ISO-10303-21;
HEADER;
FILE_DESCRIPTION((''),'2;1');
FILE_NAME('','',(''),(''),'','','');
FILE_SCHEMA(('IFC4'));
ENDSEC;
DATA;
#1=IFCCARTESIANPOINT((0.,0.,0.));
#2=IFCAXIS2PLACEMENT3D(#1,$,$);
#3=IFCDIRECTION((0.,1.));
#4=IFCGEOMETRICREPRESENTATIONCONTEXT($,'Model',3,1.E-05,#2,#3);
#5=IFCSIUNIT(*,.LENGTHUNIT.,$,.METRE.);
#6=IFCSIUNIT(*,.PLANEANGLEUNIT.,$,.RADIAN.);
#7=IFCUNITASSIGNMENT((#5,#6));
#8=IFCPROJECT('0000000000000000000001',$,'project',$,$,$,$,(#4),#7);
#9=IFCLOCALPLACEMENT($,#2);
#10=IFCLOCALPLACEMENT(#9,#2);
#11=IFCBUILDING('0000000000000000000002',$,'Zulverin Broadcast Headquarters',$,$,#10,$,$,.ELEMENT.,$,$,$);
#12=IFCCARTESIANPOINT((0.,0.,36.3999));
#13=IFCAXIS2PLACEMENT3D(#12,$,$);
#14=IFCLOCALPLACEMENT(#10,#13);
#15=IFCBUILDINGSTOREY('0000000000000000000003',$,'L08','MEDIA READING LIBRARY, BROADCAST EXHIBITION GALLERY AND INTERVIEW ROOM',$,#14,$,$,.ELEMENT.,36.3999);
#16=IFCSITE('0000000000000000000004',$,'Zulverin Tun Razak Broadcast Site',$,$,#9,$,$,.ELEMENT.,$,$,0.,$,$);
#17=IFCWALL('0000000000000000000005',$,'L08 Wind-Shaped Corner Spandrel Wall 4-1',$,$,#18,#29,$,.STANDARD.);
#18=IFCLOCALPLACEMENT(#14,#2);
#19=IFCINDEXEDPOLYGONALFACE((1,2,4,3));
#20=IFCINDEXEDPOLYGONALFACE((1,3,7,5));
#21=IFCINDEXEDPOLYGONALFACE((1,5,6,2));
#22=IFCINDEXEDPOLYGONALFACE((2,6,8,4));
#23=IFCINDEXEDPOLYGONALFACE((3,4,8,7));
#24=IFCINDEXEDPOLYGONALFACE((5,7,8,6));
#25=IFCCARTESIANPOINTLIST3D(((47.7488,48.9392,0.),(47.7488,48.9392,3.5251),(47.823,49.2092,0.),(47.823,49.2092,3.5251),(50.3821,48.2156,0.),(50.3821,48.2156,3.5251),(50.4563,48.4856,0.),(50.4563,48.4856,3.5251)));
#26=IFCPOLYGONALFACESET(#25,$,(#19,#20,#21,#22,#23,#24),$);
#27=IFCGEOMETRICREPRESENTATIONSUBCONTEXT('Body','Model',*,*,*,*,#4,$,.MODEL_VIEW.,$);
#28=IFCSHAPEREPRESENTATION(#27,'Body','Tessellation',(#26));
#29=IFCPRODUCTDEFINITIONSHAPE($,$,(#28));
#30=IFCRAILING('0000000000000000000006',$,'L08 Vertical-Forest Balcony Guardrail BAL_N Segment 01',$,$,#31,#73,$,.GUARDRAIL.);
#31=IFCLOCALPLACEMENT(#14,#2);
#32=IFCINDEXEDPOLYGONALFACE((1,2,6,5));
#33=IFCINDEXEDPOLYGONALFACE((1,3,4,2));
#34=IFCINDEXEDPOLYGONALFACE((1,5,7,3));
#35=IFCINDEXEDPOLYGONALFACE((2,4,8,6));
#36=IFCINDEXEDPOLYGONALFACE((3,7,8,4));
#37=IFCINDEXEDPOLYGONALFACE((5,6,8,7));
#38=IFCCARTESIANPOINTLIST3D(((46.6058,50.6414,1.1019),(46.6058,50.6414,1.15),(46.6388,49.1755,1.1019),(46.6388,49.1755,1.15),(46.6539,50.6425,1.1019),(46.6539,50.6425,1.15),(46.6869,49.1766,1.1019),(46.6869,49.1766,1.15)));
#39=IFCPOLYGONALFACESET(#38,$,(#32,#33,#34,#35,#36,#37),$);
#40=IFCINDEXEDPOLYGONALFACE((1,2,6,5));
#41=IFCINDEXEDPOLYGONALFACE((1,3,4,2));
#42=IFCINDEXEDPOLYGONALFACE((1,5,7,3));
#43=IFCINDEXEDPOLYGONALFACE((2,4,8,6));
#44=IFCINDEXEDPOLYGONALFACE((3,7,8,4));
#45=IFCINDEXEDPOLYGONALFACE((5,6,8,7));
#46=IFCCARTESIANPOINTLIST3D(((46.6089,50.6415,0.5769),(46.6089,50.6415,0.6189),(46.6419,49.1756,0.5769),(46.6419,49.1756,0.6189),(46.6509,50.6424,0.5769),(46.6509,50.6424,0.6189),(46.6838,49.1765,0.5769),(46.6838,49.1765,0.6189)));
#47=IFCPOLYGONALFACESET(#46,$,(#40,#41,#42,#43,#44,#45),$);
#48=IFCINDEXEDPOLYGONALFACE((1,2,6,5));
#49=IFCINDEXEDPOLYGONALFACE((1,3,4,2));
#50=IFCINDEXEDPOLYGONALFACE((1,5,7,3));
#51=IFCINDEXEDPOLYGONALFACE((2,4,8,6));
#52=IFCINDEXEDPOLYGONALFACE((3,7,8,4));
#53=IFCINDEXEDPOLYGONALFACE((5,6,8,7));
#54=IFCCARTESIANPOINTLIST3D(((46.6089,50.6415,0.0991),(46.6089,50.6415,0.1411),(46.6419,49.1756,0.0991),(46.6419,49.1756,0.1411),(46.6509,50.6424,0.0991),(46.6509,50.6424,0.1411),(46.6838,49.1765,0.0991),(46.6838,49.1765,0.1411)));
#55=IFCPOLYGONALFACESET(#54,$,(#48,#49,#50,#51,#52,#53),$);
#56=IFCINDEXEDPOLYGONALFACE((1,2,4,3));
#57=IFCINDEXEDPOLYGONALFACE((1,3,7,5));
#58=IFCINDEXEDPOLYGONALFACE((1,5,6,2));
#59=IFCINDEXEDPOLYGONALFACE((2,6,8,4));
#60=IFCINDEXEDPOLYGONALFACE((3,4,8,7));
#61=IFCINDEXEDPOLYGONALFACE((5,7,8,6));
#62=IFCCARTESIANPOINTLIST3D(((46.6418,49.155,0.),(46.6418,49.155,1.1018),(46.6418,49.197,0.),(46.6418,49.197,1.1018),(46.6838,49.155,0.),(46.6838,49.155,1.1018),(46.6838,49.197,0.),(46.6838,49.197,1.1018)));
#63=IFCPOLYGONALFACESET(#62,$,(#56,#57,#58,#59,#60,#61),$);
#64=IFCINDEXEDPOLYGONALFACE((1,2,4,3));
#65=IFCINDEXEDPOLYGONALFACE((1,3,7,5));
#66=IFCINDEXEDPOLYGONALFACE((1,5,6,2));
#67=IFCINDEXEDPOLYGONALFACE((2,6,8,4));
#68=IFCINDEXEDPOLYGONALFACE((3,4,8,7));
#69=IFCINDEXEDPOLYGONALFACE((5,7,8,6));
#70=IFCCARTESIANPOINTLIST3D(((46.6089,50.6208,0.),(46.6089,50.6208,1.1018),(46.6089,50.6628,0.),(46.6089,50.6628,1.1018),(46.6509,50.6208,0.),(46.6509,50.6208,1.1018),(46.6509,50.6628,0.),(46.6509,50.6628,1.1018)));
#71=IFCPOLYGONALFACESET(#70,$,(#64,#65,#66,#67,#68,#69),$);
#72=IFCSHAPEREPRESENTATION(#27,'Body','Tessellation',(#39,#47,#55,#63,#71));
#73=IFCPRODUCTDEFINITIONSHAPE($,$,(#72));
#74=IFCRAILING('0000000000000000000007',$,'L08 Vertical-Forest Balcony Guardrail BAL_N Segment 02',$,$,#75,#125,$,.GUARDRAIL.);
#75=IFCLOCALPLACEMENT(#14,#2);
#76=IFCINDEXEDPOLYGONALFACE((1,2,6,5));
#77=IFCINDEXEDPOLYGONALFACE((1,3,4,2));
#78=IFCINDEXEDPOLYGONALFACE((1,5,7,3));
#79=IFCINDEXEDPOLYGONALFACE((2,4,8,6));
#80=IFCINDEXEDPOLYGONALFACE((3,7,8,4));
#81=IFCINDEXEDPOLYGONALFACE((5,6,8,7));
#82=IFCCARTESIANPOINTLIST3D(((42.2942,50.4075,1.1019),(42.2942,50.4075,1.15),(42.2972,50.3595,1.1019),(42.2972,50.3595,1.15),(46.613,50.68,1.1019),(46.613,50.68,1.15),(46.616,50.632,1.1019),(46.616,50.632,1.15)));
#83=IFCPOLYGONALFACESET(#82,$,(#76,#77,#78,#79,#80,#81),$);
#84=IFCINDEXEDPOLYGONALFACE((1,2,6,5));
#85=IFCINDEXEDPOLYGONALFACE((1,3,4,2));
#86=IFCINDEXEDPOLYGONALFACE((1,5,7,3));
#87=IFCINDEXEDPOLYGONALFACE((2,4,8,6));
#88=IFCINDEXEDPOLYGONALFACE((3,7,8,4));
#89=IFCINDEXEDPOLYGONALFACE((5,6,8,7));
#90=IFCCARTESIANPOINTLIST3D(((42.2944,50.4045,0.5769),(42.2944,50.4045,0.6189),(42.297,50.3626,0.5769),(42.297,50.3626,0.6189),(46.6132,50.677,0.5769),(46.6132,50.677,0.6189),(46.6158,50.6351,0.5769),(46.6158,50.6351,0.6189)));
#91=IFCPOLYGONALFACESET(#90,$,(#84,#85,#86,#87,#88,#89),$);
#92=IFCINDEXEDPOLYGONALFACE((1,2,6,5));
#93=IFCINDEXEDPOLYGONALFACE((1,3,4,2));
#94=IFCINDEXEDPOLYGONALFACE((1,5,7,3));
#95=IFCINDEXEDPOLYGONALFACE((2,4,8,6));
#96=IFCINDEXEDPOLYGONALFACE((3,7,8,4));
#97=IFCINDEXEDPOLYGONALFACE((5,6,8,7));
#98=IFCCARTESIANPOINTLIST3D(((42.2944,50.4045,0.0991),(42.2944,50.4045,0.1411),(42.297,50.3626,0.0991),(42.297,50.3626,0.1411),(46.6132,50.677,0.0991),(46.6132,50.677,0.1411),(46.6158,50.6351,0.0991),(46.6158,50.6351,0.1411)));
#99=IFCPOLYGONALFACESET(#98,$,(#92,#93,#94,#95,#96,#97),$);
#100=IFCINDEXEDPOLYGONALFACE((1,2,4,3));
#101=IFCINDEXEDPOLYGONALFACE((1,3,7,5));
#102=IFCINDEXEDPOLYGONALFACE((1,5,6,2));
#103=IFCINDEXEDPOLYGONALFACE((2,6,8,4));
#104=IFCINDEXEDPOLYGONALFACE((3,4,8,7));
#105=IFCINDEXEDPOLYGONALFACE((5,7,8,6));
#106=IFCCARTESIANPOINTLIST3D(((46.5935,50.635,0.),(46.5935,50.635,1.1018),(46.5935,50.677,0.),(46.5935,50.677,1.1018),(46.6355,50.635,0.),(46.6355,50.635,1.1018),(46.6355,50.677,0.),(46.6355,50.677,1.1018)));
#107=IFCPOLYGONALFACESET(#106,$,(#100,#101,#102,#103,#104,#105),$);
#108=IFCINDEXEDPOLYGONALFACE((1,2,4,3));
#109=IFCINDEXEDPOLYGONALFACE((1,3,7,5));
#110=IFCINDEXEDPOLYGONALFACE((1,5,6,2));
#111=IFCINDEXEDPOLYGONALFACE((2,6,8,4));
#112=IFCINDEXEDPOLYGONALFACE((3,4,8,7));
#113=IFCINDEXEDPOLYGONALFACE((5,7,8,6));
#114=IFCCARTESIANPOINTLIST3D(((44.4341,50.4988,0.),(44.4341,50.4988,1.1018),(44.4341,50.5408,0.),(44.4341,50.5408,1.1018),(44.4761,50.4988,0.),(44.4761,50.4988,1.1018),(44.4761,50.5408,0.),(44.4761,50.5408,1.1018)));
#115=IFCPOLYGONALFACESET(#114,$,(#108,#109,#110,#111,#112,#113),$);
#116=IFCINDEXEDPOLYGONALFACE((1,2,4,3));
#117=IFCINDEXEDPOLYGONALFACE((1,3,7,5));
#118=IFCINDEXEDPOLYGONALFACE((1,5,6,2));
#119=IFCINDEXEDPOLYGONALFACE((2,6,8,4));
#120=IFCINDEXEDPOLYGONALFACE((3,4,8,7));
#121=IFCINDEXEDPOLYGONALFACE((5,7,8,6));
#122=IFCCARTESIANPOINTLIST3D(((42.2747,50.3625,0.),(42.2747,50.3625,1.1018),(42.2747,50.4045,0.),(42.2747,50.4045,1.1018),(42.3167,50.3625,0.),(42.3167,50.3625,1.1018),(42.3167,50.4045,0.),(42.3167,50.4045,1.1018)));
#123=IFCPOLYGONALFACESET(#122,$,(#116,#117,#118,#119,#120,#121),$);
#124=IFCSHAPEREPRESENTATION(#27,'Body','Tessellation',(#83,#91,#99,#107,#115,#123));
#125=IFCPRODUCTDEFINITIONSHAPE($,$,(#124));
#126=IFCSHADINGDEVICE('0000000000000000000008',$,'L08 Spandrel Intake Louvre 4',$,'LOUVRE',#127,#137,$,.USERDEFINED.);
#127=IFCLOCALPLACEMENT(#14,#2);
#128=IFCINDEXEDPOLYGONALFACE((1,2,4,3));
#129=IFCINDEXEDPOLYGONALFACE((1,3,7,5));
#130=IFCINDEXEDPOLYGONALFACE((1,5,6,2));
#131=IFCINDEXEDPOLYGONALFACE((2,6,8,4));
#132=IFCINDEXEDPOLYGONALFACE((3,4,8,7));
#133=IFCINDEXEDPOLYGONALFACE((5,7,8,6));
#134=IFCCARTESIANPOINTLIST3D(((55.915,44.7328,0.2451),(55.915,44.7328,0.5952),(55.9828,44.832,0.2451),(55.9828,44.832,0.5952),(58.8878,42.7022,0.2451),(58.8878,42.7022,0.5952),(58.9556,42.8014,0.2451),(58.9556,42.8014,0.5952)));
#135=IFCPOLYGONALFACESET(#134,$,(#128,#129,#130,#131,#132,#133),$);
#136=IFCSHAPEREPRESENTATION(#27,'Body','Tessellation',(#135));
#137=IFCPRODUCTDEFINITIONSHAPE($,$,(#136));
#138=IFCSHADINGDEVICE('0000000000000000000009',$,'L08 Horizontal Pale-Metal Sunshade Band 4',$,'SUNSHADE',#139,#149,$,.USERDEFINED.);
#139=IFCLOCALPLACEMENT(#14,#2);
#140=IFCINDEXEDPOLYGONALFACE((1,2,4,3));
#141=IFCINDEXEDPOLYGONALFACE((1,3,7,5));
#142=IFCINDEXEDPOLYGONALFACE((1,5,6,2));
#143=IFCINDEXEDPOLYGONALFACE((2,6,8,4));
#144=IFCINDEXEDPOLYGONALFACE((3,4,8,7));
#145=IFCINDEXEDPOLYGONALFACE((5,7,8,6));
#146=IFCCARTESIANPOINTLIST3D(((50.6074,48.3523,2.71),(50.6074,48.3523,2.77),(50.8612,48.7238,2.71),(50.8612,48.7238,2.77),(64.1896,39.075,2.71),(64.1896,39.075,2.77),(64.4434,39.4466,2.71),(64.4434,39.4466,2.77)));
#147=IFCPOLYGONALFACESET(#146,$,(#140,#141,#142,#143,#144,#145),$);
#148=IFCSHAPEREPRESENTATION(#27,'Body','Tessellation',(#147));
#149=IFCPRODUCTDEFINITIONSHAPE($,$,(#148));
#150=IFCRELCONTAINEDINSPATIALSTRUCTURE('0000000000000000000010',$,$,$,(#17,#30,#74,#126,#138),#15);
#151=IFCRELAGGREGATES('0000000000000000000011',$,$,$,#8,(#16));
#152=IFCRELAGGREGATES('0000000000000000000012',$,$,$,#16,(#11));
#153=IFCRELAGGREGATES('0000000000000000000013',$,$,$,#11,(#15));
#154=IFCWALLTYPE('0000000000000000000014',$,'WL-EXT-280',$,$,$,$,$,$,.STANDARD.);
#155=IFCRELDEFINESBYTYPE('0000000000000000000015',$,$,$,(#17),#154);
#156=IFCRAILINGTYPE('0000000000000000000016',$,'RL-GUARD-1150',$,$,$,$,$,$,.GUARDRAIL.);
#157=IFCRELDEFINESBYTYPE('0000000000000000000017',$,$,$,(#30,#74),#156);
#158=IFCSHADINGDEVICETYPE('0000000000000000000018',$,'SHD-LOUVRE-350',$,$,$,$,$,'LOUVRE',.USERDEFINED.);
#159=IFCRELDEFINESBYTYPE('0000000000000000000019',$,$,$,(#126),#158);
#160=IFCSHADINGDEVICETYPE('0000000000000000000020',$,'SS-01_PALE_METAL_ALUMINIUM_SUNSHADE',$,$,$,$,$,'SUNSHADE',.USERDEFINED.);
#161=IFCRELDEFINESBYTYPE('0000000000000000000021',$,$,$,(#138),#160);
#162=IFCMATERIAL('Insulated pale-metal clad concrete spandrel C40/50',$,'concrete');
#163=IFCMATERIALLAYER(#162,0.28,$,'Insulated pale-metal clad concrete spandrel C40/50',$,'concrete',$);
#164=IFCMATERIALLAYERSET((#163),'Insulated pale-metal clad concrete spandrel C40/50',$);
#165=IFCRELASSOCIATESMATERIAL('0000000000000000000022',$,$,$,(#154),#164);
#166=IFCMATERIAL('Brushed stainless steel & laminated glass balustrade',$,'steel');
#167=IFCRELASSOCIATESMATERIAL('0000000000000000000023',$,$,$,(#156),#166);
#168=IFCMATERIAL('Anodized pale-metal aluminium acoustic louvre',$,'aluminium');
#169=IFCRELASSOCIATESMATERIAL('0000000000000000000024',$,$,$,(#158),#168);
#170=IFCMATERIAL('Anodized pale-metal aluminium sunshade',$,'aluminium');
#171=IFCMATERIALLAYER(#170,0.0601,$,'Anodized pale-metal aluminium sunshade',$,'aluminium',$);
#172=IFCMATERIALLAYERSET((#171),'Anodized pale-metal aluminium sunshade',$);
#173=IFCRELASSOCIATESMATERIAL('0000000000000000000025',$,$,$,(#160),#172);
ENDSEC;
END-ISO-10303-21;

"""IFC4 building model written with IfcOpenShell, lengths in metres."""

from ifc_helpers import new_model, si_unit, direction, frame, frame_2d, origin, origin_2d, place, context, subcontext, project, spatial, rectangle, extrude, material, layer, layer_set, type_object, element, save


model = new_model("IFC4")

# Units and contexts
model_context = context("Model", 3, precision=1e-05, world=origin(), true_north=direction((0.0, 1.0)))
body_context = subcontext(model_context, "Body", "Model", "MODEL_VIEW")
ifc_project = project(units=[si_unit("LENGTHUNIT", "METRE"), si_unit("PLANEANGLEUNIT", "RADIAN")], contexts=[model_context])

# Site, building, storey
site_placement = place(None, origin())
site = spatial("IfcSite", under=ifc_project, at=site_placement, Name="Zulverin Tun Razak Broadcast Site", CompositionType="ELEMENT", RefElevation=0.0)
building_placement = place(site_placement, origin())
building = spatial("IfcBuilding", under=site, at=building_placement, Name="Zulverin Broadcast Headquarters", CompositionType="ELEMENT")
storey_placement = place(building_placement, frame((0.0, 0.0, 36.3999)))
storey = spatial("IfcBuildingStorey", under=building, at=storey_placement, Name="L08", Description="MEDIA READING LIBRARY, BROADCAST EXHIBITION GALLERY AND INTERVIEW ROOM", CompositionType="ELEMENT", Elevation=36.3999)

# Shared definitions
ifc_material_1 = material(Name="Insulated pale-metal clad concrete spandrel C40/50", Category="concrete")
ifc_layer_1 = layer(ifc_material_1, 0.28, Name="Insulated pale-metal clad concrete spandrel C40/50", Category="concrete")
ifc_layer_set_1 = layer_set([ifc_layer_1], Name="Insulated pale-metal clad concrete spandrel C40/50")
wall_type = type_object("IfcWallType", Name="WL-EXT-280", PredefinedType="STANDARD", material=ifc_layer_set_1)

# Wall
wall_1_placement = place(storey_placement, frame((50.4192, 48.3506, 0.0), z_axis=(0.0, 0.0, 1.0), x_axis=(-0.964255, 0.264978, 0.0)))
element("IfcWall", 1, at=wall_1_placement, inside=storey, type_object=wall_type, Name="L08 Wind-Shaped Corner Spandrel Wall 4-1", PredefinedType="STANDARD", context=body_context, shape_type="SweptSolid", body=[
    extrude(rectangle(XDim=2.731, YDim=0.28, at=frame_2d((1.3655, 0.0))), origin(), (0.0, 0.0, 1.0), 3.5251),
])

# Railings
ifc_material_2 = material(Name="Brushed stainless steel & laminated glass balustrade", Category="steel")
railing_type = type_object("IfcRailingType", Name="RL-GUARD-1150", PredefinedType="GUARDRAIL", material=ifc_material_2)
railing_1_placement = place(storey_placement, frame((46.6628, 49.176, 0.0)))
element("IfcRailing", 2, at=railing_1_placement, inside=storey, type_object=railing_type, Name="L08 Vertical-Forest Balcony Guardrail BAL_N Segment 01", PredefinedType="GUARDRAIL", context=body_context, shape_type="SweptSolid", body=[
    extrude(rectangle(XDim=0.0481, YDim=0.0481, at=origin_2d()), frame((0.0, 0.0, 1.126), z_axis=(-0.022479, 0.999747, 0.0), x_axis=(-0.999747, -0.022479, 0.0)), (0.0, 0.0, 1.0), 1.4663),
    extrude(rectangle(XDim=0.042, YDim=0.042, at=origin_2d()), frame((0.0, 0.0, 0.5979), z_axis=(-0.022479, 0.999747, 0.0), x_axis=(-0.999747, -0.022479, 0.0)), (0.0, 0.0, 1.0), 1.4663),
    extrude(rectangle(XDim=0.042, YDim=0.042, at=origin_2d()), frame((0.0, 0.0, 0.1201), z_axis=(-0.022479, 0.999747, 0.0), x_axis=(-0.999747, -0.022479, 0.0)), (0.0, 0.0, 1.0), 1.4663),
    extrude(rectangle(XDim=0.042, YDim=0.042, at=origin_2d()), origin(), (0.0, 0.0, 1.0), 1.1018),
    extrude(rectangle(XDim=0.042, YDim=0.042, at=origin_2d()), frame((-0.033, 1.4658, 0.0)), (0.0, 0.0, 1.0), 1.1018),
])
railing_2_placement = place(storey_placement, frame((46.6145, 50.656, 0.0)))
element("IfcRailing", 3, at=railing_2_placement, inside=storey, type_object=railing_type, Name="L08 Vertical-Forest Balcony Guardrail BAL_N Segment 02", PredefinedType="GUARDRAIL", context=body_context, shape_type="SweptSolid", body=[
    extrude(rectangle(XDim=0.0481, YDim=0.0481, at=origin_2d()), frame((0.0, 0.0, 1.126), z_axis=(-0.998016, -0.062961, 0.0), x_axis=(0.062961, -0.998016, 0.0)), (0.0, 0.0, 1.0), 4.3274),
    extrude(rectangle(XDim=0.042, YDim=0.042, at=origin_2d()), frame((0.0, 0.0, 0.5979), z_axis=(-0.998016, -0.062961, 0.0), x_axis=(0.062961, -0.998016, 0.0)), (0.0, 0.0, 1.0), 4.3274),
    extrude(rectangle(XDim=0.042, YDim=0.042, at=origin_2d()), frame((0.0, 0.0, 0.1201), z_axis=(-0.998016, -0.062961, 0.0), x_axis=(0.062961, -0.998016, 0.0)), (0.0, 0.0, 1.0), 4.3274),
    extrude(rectangle(XDim=0.042, YDim=0.042, at=origin_2d()), origin(), (0.0, 0.0, 1.0), 1.1018),
    extrude(rectangle(XDim=0.042, YDim=0.042, at=origin_2d()), frame((-2.1594, -0.1362, 0.0)), (0.0, 0.0, 1.0), 1.1018),
    extrude(rectangle(XDim=0.042, YDim=0.042, at=origin_2d()), frame((-4.3188, -0.2725, 0.0)), (0.0, 0.0, 1.0), 1.1018),
])

# Shading devices
ifc_material_3 = material(Name="Anodized pale-metal aluminium acoustic louvre", Category="aluminium")
shading_device_type_1 = type_object("IfcShadingDeviceType", Name="SHD-LOUVRE-350", ElementType="LOUVRE", PredefinedType="USERDEFINED", material=ifc_material_3)
shading_device_1_placement = place(storey_placement, frame((57.4353, 43.7671, 0.2451), z_axis=(0.0, 0.0, 1.0), x_axis=(-0.825757, 0.564026, 0.0)))
element("IfcShadingDevice", 4, at=shading_device_1_placement, inside=storey, type_object=shading_device_type_1, Name="L08 Spandrel Intake Louvre 4", ObjectType="LOUVRE", PredefinedType="USERDEFINED", context=body_context, shape_type="SweptSolid", body=[
    extrude(rectangle(XDim=3.6001, YDim=0.1201, at=origin_2d()), origin(), (0.0, 0.0, 1.0), 0.3501),
])
ifc_material_4 = material(Name="Anodized pale-metal aluminium sunshade", Category="aluminium")
ifc_layer_2 = layer(ifc_material_4, 0.0601, Name="Anodized pale-metal aluminium sunshade", Category="aluminium")
ifc_layer_set_2 = layer_set([ifc_layer_2], Name="Anodized pale-metal aluminium sunshade")
shading_device_type_2 = type_object("IfcShadingDeviceType", Name="SS-01_PALE_METAL_ALUMINIUM_SUNSHADE", ElementType="SUNSHADE", PredefinedType="USERDEFINED", material=ifc_layer_set_2)
shading_device_2_placement = place(storey_placement, frame((57.5254, 43.8994, 2.71), z_axis=(0.0, 0.0, 1.0), x_axis=(-0.825757, 0.564026, 0.0)))
element("IfcShadingDevice", 5, at=shading_device_2_placement, inside=storey, type_object=shading_device_type_2, Name="L08 Horizontal Pale-Metal Sunshade Band 4", ObjectType="SUNSHADE", PredefinedType="USERDEFINED", context=body_context, shape_type="SweptSolid", body=[
    extrude(rectangle(XDim=16.4482, YDim=0.45, at=origin_2d()), origin(), (0.0, 0.0, 1.0), 0.0601),
])

save(model, "model.ifc")
